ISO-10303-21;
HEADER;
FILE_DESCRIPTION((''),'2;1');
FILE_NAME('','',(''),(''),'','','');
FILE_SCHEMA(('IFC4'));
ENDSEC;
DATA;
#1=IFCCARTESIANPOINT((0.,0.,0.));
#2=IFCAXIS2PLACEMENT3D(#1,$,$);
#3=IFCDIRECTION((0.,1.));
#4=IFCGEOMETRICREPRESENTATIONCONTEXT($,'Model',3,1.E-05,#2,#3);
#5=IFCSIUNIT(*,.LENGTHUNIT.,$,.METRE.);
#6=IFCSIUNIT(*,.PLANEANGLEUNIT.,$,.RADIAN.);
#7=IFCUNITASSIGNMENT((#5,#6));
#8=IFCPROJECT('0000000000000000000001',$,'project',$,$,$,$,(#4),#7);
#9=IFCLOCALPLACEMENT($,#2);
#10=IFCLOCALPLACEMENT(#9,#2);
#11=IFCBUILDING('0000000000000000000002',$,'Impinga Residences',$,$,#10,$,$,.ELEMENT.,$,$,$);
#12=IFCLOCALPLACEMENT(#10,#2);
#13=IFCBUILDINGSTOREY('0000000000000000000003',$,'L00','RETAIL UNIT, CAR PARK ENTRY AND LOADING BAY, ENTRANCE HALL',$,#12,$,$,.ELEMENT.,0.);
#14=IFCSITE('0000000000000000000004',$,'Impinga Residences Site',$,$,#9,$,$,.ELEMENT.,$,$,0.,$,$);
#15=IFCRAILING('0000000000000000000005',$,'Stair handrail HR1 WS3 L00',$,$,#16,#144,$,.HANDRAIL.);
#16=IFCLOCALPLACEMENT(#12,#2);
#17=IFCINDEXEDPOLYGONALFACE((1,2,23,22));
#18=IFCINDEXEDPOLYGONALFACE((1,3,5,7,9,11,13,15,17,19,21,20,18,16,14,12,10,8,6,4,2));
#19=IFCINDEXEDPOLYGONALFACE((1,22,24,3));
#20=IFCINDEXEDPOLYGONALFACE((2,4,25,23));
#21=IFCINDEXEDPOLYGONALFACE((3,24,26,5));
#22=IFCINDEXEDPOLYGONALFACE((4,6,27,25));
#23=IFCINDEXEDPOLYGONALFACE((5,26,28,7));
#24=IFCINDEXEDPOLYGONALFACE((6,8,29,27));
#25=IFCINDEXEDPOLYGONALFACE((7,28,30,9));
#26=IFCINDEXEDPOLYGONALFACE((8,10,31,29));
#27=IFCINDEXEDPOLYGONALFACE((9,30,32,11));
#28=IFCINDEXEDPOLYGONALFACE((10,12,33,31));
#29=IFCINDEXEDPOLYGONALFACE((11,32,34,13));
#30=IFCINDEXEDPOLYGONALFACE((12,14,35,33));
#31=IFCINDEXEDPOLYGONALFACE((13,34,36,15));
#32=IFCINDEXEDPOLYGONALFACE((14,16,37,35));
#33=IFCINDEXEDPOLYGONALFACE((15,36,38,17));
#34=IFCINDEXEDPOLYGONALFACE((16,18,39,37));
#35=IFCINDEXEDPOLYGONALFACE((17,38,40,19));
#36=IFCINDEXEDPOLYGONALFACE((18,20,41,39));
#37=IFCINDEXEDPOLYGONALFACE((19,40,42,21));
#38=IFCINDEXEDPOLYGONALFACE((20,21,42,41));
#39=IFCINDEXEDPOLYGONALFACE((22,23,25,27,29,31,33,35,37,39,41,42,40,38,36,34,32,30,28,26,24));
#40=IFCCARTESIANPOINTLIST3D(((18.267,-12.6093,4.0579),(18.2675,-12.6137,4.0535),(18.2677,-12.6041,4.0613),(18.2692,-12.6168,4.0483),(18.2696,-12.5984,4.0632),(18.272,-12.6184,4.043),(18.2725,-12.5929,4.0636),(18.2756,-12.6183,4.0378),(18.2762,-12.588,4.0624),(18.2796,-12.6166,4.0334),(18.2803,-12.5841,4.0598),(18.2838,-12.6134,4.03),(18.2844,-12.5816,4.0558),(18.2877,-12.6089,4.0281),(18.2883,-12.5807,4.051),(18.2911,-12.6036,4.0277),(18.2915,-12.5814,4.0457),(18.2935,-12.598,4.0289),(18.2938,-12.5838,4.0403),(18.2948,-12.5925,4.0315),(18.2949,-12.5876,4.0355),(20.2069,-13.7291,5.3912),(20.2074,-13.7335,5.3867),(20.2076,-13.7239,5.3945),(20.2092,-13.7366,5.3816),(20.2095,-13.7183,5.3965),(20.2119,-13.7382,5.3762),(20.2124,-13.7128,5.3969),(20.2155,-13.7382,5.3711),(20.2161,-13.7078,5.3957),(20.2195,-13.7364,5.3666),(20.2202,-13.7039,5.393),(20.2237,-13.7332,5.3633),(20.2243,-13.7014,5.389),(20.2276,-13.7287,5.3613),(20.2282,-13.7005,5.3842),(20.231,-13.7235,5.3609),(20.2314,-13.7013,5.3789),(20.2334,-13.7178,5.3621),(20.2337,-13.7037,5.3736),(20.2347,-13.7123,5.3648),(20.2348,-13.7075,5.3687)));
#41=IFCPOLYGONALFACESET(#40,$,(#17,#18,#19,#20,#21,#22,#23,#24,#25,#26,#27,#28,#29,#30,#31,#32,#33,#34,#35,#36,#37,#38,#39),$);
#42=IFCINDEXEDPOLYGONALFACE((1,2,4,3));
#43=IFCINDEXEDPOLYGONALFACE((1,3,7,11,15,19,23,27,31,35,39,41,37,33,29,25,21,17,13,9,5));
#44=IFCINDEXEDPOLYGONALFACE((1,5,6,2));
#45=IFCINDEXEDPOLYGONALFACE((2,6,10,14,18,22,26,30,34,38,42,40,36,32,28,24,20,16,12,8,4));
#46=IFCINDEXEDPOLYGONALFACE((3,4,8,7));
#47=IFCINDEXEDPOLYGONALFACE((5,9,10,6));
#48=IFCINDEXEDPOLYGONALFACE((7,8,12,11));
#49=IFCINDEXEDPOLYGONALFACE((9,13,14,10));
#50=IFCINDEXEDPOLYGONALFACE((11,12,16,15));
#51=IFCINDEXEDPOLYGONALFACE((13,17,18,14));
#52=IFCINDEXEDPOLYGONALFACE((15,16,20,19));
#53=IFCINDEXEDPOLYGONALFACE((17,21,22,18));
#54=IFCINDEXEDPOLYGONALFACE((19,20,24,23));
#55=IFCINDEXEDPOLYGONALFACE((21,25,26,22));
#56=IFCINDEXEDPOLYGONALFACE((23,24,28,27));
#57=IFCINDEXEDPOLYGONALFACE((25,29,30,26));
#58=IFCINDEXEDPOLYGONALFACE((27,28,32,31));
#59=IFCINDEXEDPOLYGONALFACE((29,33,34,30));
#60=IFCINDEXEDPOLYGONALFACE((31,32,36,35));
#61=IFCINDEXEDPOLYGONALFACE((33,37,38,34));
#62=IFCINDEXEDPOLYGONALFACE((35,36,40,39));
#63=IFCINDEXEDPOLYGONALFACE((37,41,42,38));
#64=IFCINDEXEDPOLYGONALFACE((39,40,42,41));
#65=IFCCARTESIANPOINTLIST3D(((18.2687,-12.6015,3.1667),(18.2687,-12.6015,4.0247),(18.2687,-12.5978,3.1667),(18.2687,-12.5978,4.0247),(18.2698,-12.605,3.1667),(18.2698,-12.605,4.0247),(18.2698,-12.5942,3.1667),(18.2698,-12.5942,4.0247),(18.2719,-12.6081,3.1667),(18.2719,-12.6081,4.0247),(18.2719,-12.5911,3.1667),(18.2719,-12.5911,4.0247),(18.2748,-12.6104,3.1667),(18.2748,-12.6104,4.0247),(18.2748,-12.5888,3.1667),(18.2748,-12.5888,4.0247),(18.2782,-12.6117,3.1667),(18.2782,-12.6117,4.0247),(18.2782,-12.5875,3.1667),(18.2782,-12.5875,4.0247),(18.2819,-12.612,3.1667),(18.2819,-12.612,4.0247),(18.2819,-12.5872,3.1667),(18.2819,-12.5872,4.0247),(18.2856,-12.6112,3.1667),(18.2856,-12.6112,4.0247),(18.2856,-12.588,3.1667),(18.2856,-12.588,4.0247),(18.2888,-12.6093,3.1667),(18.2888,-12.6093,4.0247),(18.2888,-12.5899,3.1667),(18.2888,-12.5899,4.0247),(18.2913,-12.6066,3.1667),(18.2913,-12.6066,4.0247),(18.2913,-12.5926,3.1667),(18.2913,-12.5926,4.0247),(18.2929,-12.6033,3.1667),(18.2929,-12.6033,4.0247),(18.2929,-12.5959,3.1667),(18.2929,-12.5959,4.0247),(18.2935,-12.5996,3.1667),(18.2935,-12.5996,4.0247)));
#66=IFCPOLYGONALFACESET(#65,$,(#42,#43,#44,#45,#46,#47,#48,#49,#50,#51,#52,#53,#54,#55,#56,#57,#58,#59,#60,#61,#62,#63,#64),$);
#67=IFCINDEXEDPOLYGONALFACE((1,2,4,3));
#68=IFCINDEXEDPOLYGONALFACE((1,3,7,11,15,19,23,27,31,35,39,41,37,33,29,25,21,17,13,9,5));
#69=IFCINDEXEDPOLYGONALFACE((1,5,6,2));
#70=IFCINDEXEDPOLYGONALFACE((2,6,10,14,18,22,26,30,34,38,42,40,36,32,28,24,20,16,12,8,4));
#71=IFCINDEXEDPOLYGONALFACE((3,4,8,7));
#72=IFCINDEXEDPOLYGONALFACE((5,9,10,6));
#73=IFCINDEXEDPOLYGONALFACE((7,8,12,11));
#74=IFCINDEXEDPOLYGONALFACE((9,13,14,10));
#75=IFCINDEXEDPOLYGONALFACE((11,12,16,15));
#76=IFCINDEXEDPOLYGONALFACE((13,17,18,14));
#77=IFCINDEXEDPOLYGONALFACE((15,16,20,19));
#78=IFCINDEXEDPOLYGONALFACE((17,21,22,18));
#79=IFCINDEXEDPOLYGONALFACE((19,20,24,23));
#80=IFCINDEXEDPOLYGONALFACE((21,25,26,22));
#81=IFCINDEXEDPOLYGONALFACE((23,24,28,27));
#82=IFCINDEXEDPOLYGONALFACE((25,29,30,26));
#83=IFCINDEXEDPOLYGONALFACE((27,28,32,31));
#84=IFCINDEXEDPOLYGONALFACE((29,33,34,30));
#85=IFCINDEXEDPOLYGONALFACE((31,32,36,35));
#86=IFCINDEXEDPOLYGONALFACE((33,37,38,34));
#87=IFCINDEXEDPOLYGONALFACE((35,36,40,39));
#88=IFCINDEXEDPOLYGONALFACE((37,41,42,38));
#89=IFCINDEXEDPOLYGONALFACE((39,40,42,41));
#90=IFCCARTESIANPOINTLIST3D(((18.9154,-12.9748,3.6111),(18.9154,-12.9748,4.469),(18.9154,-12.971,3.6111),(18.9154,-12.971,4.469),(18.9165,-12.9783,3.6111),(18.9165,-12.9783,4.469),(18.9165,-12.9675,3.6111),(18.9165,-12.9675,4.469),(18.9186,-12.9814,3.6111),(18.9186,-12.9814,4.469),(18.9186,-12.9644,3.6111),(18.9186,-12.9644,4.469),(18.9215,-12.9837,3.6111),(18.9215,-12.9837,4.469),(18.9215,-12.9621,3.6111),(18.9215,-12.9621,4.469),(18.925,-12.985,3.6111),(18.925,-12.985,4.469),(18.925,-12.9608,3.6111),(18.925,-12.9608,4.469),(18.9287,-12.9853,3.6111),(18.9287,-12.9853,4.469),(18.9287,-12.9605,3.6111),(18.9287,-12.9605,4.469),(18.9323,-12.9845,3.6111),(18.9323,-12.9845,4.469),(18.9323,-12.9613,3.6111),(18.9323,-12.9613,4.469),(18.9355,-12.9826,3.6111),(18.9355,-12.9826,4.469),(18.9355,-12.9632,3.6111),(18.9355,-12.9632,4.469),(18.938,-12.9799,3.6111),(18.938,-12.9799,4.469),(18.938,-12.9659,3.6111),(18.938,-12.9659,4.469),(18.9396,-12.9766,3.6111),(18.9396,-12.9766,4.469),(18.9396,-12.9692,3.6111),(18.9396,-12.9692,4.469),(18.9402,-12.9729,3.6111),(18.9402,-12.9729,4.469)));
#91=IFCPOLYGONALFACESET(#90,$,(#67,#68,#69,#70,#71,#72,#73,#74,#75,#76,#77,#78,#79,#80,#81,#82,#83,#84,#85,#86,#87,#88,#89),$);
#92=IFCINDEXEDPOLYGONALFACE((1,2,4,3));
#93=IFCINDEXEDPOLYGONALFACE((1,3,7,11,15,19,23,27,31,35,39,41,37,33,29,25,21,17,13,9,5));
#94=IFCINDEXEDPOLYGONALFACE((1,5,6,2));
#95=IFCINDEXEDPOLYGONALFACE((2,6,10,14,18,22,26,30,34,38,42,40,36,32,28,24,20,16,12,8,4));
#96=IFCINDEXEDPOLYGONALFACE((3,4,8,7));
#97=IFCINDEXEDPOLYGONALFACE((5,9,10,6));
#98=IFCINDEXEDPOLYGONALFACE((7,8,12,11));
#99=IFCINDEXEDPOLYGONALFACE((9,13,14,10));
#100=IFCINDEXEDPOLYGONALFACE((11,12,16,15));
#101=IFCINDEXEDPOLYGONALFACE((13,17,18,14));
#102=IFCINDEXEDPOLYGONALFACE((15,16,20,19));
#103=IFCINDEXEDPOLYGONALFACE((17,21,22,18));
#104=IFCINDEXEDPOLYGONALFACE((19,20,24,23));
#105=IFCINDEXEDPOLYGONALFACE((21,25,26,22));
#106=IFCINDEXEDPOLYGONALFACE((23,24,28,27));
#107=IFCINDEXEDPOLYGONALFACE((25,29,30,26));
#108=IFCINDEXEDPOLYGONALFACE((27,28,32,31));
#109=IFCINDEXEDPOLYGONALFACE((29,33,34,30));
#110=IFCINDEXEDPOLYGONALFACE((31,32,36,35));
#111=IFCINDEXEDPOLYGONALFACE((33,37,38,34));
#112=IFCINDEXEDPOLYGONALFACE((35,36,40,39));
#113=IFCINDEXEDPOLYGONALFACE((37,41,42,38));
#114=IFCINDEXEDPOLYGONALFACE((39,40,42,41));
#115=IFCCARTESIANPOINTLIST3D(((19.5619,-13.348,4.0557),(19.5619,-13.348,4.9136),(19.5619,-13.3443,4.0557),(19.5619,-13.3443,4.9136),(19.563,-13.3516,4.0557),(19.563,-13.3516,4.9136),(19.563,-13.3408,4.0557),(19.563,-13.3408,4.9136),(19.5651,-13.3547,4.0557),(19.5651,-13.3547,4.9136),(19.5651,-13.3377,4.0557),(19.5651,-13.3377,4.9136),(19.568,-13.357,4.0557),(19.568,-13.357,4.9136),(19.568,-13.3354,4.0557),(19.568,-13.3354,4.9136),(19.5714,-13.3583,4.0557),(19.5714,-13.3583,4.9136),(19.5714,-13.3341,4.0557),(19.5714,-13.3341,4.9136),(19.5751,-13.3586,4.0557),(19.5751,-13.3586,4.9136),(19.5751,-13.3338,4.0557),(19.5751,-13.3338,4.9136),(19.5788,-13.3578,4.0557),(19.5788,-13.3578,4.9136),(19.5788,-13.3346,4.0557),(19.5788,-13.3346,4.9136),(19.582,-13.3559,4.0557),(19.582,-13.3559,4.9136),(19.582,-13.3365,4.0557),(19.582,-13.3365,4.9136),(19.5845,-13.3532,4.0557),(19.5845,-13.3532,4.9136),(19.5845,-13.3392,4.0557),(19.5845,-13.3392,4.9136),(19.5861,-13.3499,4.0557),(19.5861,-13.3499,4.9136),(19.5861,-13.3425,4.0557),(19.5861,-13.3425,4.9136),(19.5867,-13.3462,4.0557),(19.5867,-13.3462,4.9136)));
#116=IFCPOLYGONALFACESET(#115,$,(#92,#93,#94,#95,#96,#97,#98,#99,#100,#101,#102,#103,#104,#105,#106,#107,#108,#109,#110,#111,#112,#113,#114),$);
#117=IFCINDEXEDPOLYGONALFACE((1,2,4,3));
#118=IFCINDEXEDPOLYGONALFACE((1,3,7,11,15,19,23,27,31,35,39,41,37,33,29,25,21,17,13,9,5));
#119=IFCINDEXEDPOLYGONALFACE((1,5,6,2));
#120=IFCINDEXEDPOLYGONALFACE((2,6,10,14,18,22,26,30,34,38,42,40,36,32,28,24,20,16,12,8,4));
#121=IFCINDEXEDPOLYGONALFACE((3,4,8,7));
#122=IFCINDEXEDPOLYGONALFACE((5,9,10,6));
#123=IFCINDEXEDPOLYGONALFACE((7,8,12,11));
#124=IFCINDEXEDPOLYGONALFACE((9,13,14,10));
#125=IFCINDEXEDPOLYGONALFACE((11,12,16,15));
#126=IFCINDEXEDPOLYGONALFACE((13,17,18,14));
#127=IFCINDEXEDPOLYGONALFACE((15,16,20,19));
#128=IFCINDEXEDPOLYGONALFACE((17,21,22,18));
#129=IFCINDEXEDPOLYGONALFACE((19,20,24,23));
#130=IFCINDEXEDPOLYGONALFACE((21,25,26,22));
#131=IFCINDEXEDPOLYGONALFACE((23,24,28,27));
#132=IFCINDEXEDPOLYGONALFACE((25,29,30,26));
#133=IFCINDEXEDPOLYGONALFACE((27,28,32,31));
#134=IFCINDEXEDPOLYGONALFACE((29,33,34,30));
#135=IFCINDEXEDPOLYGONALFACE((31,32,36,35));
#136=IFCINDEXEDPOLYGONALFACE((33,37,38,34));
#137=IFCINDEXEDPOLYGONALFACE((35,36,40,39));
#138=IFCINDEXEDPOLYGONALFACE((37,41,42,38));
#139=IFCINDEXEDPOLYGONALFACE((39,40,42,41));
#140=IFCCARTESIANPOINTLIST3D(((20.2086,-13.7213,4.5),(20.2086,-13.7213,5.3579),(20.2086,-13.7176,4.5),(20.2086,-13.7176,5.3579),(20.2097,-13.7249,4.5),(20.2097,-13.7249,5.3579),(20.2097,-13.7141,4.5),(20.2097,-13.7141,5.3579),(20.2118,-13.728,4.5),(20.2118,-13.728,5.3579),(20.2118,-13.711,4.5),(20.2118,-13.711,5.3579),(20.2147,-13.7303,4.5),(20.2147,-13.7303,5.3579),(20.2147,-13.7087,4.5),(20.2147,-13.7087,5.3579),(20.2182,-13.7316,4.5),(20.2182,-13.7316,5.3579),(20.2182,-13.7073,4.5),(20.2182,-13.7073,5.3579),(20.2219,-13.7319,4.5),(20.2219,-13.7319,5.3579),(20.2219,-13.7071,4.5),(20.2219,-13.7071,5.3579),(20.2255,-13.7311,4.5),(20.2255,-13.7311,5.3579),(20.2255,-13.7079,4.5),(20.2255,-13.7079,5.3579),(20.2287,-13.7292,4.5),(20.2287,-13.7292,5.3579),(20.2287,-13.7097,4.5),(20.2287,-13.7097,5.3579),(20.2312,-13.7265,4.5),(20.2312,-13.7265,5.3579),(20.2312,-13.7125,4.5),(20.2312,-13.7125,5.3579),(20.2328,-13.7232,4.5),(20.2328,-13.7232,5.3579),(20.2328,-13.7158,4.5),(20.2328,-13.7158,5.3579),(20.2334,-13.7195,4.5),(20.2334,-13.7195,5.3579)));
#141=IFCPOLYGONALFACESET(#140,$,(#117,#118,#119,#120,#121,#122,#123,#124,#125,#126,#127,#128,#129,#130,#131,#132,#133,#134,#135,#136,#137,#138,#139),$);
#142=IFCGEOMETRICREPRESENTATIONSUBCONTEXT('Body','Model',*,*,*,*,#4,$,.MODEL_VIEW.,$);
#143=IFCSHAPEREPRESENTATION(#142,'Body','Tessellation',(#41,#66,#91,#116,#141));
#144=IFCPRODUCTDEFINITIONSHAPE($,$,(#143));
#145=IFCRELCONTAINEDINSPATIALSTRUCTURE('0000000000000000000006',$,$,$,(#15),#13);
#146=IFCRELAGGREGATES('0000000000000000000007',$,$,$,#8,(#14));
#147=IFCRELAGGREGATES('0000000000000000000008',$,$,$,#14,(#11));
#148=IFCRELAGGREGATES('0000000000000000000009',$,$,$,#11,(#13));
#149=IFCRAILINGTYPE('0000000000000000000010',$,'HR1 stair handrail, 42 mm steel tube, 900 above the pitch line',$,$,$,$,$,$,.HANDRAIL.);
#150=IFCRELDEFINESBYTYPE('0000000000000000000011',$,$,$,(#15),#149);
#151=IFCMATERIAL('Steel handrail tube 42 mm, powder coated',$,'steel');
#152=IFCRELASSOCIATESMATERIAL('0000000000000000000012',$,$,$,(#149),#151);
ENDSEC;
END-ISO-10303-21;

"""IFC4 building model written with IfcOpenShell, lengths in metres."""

from ifc_helpers import new_model, si_unit, direction, frame, origin, origin_2d, place, context, subcontext, project, spatial, circle, extrude, material, type_object, element, save


model = new_model("IFC4")

# Units and contexts
model_context = context("Model", 3, precision=1e-05, world=origin(), true_north=direction((0.0, 1.0)))
body_context = subcontext(model_context, "Body", "Model", "MODEL_VIEW")
ifc_project = project(units=[si_unit("LENGTHUNIT", "METRE"), si_unit("PLANEANGLEUNIT", "RADIAN")], contexts=[model_context])

# Site, building, storey
site_placement = place(None, origin())
site = spatial("IfcSite", under=ifc_project, at=site_placement, Name="Impinga Residences Site", CompositionType="ELEMENT", RefElevation=0.0)
building_placement = place(site_placement, origin())
building = spatial("IfcBuilding", under=site, at=building_placement, Name="Impinga Residences", CompositionType="ELEMENT")
storey_placement = place(building_placement, origin())
storey = spatial("IfcBuildingStorey", under=building, at=storey_placement, Name="L00", Description="RETAIL UNIT, CAR PARK ENTRY AND LOADING BAY, ENTRANCE HALL", CompositionType="ELEMENT", Elevation=0.0)

# Railing
ifc_material_1 = material(Name="Steel handrail tube 42 mm, powder coated", Category="steel")
railing_type_1 = type_object("IfcRailingType", Name="HR1 stair handrail, 42 mm steel tube, 900 above the pitch line", PredefinedType="HANDRAIL", material=ifc_material_1)
railing_1_placement = place(storey_placement, frame((18.281, -12.5996, 3.1667)))
element("IfcRailing", 1, at=railing_1_placement, inside=storey, type_object=railing_type_1, Name="Stair handrail HR1 WS3 L00", PredefinedType="HANDRAIL", context=body_context, shape_type="SweptSolid", body=[
    extrude(circle(Radius=0.021, at=origin_2d()), frame((0.0, 0.0, 0.8789), z_axis=(0.744205, -0.429608, 0.511465), x_axis=(0.499949, 0.866055, 0.0)), (0.0, 0.0, 1.0), 2.6067),
    extrude(circle(Radius=0.0125, at=origin_2d()), origin(), (0.0, 0.0, 1.0), 0.8579),
    extrude(circle(Radius=0.0125, at=origin_2d()), frame((0.6467, -0.3733, 0.4443)), (0.0, 0.0, 1.0), 0.8579),
    extrude(circle(Radius=0.0125, at=origin_2d()), frame((1.2932, -0.7466, 0.8889)), (0.0, 0.0, 1.0), 0.8579),
    extrude(circle(Radius=0.0125, at=origin_2d()), frame((1.9399, -1.1199, 1.3333)), (0.0, 0.0, 1.0), 0.8579),
])

save(model, "model.ifc")
